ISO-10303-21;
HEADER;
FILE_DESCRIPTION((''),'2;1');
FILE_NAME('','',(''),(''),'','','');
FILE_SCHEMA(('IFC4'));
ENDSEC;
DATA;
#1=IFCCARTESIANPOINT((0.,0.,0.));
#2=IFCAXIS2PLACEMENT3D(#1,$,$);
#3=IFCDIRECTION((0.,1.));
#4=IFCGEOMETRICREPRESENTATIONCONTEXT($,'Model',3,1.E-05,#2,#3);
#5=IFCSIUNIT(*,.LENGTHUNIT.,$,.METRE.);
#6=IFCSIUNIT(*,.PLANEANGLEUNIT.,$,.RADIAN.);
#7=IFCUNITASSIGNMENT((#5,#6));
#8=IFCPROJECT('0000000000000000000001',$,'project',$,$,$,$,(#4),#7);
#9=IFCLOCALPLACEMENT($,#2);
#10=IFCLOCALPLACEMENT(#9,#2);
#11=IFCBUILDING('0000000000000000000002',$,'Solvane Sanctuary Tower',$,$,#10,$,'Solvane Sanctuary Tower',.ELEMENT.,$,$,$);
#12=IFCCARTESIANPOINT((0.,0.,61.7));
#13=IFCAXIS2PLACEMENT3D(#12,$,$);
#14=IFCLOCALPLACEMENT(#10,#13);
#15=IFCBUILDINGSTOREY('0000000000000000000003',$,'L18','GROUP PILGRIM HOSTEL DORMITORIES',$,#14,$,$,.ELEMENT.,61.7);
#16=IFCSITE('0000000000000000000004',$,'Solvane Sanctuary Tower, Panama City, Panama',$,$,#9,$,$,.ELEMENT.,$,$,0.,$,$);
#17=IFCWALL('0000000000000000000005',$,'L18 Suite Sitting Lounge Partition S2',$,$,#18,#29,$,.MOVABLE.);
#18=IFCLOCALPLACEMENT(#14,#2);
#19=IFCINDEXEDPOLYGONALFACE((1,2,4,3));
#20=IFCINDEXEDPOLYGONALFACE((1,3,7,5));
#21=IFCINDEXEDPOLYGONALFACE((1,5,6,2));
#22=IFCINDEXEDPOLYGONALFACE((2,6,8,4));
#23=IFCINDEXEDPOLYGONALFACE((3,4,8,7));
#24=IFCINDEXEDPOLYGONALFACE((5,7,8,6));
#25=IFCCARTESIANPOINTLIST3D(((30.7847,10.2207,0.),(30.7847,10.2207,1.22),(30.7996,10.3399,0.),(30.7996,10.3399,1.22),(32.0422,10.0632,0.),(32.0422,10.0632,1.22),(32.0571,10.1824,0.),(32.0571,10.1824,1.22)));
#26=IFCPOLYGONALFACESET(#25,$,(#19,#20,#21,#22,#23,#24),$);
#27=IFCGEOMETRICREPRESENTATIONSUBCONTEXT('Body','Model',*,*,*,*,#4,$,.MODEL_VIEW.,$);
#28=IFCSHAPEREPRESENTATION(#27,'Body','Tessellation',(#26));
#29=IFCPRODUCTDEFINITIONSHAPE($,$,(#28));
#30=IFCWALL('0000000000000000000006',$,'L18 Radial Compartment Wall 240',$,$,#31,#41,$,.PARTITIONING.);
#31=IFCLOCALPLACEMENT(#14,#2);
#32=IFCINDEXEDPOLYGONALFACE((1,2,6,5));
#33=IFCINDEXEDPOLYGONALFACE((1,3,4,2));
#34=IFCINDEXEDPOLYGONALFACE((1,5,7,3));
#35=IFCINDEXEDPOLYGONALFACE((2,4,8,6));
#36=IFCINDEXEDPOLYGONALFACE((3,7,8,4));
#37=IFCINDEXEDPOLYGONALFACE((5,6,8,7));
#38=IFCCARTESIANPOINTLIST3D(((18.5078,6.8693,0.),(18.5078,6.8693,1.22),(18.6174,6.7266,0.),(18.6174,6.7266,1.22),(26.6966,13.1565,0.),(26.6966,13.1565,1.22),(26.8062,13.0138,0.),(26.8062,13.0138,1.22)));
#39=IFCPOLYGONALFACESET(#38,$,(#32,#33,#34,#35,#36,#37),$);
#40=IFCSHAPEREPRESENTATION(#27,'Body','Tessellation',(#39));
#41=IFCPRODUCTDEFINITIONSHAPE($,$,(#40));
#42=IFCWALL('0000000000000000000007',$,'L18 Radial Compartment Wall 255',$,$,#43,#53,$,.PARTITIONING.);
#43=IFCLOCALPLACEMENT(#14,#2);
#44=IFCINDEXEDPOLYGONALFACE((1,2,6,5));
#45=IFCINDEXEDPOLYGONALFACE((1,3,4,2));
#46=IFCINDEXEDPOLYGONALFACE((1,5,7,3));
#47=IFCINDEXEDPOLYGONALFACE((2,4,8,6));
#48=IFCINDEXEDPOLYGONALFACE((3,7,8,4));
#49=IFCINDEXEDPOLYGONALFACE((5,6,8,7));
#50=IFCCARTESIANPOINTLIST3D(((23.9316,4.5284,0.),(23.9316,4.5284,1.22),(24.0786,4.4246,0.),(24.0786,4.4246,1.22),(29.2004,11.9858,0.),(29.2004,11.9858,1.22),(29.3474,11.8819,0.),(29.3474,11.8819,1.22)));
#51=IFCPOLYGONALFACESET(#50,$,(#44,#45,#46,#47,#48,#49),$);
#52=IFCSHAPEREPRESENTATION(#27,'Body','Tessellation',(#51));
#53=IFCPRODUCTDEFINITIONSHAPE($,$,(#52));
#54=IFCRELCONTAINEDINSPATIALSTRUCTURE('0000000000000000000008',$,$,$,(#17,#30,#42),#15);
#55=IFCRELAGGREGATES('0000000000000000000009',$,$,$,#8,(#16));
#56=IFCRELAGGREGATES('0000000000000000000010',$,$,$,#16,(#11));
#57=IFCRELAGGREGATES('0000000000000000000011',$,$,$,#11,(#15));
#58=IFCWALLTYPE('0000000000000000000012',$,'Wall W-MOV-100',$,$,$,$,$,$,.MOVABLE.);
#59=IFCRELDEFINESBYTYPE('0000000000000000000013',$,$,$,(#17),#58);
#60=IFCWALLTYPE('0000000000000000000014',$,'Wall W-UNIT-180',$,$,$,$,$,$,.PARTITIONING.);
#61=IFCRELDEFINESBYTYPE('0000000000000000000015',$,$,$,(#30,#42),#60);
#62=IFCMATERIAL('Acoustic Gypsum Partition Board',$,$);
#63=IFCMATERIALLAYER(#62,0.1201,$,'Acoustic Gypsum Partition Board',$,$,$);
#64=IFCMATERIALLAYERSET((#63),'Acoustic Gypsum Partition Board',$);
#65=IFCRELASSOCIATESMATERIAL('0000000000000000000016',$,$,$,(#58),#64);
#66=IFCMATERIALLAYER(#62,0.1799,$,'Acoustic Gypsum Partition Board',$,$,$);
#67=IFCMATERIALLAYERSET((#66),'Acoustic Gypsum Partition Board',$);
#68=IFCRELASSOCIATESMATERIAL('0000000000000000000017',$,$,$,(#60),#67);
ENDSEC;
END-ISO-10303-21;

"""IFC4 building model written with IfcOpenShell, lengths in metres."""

from ifc_helpers import new_model, si_unit, direction, frame, frame_2d, origin, place, context, subcontext, project, spatial, rectangle, extrude, material, layer, layer_set, type_object, element, save


model = new_model("IFC4")

# Units and contexts
model_context = context("Model", 3, precision=1e-05, world=origin(), true_north=direction((0.0, 1.0)))
body_context = subcontext(model_context, "Body", "Model", "MODEL_VIEW")
ifc_project = project(units=[si_unit("LENGTHUNIT", "METRE"), si_unit("PLANEANGLEUNIT", "RADIAN")], contexts=[model_context])

# Site, building, storey
site_placement = place(None, origin())
site = spatial("IfcSite", under=ifc_project, at=site_placement, Name="Solvane Sanctuary Tower, Panama City, Panama", CompositionType="ELEMENT", RefElevation=0.0)
building_placement = place(site_placement, origin())
building = spatial("IfcBuilding", under=site, at=building_placement, Name="Solvane Sanctuary Tower", LongName="Solvane Sanctuary Tower", CompositionType="ELEMENT")
storey_placement = place(building_placement, frame((0.0, 0.0, 61.7)))
storey = spatial("IfcBuildingStorey", under=building, at=storey_placement, Name="L18", Description="GROUP PILGRIM HOSTEL DORMITORIES", CompositionType="ELEMENT", Elevation=61.7)

# Shared definitions
ifc_material_1 = material(Name="Acoustic Gypsum Partition Board")

# Shared definitions
ifc_layer_1 = layer(ifc_material_1, 0.1201, Name="Acoustic Gypsum Partition Board")
ifc_layer_set_1 = layer_set([ifc_layer_1], Name="Acoustic Gypsum Partition Board")
wall_type_1 = type_object("IfcWallType", Name="Wall W-MOV-100", PredefinedType="MOVABLE", material=ifc_layer_set_1)

# Walls
wall_1_placement = place(storey_placement, frame((30.792, 10.2803, 0.0), z_axis=(0.0, 0.0, 1.0), x_axis=(0.992251, -0.124248, 0.0)))
element("IfcWall", 1, at=wall_1_placement, inside=storey, type_object=wall_type_1, Name="L18 Suite Sitting Lounge Partition S2", PredefinedType="MOVABLE", context=body_context, shape_type="SweptSolid", body=[
    extrude(rectangle(XDim=1.2673, YDim=0.1201, at=frame_2d((0.6338, 0.0))), origin(), (0.0, 0.0, 1.0), 1.22),
])
ifc_layer_2 = layer(ifc_material_1, 0.1799, Name="Acoustic Gypsum Partition Board")
ifc_layer_set_2 = layer_set([ifc_layer_2], Name="Acoustic Gypsum Partition Board")
wall_type_2 = type_object("IfcWallType", Name="Wall W-UNIT-180", PredefinedType="PARTITIONING", material=ifc_layer_set_2)
wall_2_placement = place(storey_placement, frame((26.7515, 13.0852, 0.0), z_axis=(0.0, 0.0, 1.0), x_axis=(-0.793181, -0.608986, 0.0)))
element("IfcWall", 2, at=wall_2_placement, inside=storey, type_object=wall_type_2, Name="L18 Radial Compartment Wall 240", PredefinedType="PARTITIONING", context=body_context, shape_type="SweptSolid", body=[
    extrude(rectangle(XDim=10.324, YDim=0.1799, at=frame_2d((5.1621, 0.0))), origin(), (0.0, 0.0, 1.0), 1.22),
])
wall_3_placement = place(storey_placement, frame((29.2739, 11.9338, 0.0), z_axis=(0.0, 0.0, 1.0), x_axis=(-0.577037, -0.816718, 0.0)))
element("IfcWall", 3, at=wall_3_placement, inside=storey, type_object=wall_type_2, Name="L18 Radial Compartment Wall 255", PredefinedType="PARTITIONING", context=body_context, shape_type="SweptSolid", body=[
    extrude(rectangle(XDim=9.1309, YDim=0.1799, at=frame_2d((4.5654, 0.0))), origin(), (0.0, 0.0, 1.0), 1.22),
])

save(model, "model.ifc")
